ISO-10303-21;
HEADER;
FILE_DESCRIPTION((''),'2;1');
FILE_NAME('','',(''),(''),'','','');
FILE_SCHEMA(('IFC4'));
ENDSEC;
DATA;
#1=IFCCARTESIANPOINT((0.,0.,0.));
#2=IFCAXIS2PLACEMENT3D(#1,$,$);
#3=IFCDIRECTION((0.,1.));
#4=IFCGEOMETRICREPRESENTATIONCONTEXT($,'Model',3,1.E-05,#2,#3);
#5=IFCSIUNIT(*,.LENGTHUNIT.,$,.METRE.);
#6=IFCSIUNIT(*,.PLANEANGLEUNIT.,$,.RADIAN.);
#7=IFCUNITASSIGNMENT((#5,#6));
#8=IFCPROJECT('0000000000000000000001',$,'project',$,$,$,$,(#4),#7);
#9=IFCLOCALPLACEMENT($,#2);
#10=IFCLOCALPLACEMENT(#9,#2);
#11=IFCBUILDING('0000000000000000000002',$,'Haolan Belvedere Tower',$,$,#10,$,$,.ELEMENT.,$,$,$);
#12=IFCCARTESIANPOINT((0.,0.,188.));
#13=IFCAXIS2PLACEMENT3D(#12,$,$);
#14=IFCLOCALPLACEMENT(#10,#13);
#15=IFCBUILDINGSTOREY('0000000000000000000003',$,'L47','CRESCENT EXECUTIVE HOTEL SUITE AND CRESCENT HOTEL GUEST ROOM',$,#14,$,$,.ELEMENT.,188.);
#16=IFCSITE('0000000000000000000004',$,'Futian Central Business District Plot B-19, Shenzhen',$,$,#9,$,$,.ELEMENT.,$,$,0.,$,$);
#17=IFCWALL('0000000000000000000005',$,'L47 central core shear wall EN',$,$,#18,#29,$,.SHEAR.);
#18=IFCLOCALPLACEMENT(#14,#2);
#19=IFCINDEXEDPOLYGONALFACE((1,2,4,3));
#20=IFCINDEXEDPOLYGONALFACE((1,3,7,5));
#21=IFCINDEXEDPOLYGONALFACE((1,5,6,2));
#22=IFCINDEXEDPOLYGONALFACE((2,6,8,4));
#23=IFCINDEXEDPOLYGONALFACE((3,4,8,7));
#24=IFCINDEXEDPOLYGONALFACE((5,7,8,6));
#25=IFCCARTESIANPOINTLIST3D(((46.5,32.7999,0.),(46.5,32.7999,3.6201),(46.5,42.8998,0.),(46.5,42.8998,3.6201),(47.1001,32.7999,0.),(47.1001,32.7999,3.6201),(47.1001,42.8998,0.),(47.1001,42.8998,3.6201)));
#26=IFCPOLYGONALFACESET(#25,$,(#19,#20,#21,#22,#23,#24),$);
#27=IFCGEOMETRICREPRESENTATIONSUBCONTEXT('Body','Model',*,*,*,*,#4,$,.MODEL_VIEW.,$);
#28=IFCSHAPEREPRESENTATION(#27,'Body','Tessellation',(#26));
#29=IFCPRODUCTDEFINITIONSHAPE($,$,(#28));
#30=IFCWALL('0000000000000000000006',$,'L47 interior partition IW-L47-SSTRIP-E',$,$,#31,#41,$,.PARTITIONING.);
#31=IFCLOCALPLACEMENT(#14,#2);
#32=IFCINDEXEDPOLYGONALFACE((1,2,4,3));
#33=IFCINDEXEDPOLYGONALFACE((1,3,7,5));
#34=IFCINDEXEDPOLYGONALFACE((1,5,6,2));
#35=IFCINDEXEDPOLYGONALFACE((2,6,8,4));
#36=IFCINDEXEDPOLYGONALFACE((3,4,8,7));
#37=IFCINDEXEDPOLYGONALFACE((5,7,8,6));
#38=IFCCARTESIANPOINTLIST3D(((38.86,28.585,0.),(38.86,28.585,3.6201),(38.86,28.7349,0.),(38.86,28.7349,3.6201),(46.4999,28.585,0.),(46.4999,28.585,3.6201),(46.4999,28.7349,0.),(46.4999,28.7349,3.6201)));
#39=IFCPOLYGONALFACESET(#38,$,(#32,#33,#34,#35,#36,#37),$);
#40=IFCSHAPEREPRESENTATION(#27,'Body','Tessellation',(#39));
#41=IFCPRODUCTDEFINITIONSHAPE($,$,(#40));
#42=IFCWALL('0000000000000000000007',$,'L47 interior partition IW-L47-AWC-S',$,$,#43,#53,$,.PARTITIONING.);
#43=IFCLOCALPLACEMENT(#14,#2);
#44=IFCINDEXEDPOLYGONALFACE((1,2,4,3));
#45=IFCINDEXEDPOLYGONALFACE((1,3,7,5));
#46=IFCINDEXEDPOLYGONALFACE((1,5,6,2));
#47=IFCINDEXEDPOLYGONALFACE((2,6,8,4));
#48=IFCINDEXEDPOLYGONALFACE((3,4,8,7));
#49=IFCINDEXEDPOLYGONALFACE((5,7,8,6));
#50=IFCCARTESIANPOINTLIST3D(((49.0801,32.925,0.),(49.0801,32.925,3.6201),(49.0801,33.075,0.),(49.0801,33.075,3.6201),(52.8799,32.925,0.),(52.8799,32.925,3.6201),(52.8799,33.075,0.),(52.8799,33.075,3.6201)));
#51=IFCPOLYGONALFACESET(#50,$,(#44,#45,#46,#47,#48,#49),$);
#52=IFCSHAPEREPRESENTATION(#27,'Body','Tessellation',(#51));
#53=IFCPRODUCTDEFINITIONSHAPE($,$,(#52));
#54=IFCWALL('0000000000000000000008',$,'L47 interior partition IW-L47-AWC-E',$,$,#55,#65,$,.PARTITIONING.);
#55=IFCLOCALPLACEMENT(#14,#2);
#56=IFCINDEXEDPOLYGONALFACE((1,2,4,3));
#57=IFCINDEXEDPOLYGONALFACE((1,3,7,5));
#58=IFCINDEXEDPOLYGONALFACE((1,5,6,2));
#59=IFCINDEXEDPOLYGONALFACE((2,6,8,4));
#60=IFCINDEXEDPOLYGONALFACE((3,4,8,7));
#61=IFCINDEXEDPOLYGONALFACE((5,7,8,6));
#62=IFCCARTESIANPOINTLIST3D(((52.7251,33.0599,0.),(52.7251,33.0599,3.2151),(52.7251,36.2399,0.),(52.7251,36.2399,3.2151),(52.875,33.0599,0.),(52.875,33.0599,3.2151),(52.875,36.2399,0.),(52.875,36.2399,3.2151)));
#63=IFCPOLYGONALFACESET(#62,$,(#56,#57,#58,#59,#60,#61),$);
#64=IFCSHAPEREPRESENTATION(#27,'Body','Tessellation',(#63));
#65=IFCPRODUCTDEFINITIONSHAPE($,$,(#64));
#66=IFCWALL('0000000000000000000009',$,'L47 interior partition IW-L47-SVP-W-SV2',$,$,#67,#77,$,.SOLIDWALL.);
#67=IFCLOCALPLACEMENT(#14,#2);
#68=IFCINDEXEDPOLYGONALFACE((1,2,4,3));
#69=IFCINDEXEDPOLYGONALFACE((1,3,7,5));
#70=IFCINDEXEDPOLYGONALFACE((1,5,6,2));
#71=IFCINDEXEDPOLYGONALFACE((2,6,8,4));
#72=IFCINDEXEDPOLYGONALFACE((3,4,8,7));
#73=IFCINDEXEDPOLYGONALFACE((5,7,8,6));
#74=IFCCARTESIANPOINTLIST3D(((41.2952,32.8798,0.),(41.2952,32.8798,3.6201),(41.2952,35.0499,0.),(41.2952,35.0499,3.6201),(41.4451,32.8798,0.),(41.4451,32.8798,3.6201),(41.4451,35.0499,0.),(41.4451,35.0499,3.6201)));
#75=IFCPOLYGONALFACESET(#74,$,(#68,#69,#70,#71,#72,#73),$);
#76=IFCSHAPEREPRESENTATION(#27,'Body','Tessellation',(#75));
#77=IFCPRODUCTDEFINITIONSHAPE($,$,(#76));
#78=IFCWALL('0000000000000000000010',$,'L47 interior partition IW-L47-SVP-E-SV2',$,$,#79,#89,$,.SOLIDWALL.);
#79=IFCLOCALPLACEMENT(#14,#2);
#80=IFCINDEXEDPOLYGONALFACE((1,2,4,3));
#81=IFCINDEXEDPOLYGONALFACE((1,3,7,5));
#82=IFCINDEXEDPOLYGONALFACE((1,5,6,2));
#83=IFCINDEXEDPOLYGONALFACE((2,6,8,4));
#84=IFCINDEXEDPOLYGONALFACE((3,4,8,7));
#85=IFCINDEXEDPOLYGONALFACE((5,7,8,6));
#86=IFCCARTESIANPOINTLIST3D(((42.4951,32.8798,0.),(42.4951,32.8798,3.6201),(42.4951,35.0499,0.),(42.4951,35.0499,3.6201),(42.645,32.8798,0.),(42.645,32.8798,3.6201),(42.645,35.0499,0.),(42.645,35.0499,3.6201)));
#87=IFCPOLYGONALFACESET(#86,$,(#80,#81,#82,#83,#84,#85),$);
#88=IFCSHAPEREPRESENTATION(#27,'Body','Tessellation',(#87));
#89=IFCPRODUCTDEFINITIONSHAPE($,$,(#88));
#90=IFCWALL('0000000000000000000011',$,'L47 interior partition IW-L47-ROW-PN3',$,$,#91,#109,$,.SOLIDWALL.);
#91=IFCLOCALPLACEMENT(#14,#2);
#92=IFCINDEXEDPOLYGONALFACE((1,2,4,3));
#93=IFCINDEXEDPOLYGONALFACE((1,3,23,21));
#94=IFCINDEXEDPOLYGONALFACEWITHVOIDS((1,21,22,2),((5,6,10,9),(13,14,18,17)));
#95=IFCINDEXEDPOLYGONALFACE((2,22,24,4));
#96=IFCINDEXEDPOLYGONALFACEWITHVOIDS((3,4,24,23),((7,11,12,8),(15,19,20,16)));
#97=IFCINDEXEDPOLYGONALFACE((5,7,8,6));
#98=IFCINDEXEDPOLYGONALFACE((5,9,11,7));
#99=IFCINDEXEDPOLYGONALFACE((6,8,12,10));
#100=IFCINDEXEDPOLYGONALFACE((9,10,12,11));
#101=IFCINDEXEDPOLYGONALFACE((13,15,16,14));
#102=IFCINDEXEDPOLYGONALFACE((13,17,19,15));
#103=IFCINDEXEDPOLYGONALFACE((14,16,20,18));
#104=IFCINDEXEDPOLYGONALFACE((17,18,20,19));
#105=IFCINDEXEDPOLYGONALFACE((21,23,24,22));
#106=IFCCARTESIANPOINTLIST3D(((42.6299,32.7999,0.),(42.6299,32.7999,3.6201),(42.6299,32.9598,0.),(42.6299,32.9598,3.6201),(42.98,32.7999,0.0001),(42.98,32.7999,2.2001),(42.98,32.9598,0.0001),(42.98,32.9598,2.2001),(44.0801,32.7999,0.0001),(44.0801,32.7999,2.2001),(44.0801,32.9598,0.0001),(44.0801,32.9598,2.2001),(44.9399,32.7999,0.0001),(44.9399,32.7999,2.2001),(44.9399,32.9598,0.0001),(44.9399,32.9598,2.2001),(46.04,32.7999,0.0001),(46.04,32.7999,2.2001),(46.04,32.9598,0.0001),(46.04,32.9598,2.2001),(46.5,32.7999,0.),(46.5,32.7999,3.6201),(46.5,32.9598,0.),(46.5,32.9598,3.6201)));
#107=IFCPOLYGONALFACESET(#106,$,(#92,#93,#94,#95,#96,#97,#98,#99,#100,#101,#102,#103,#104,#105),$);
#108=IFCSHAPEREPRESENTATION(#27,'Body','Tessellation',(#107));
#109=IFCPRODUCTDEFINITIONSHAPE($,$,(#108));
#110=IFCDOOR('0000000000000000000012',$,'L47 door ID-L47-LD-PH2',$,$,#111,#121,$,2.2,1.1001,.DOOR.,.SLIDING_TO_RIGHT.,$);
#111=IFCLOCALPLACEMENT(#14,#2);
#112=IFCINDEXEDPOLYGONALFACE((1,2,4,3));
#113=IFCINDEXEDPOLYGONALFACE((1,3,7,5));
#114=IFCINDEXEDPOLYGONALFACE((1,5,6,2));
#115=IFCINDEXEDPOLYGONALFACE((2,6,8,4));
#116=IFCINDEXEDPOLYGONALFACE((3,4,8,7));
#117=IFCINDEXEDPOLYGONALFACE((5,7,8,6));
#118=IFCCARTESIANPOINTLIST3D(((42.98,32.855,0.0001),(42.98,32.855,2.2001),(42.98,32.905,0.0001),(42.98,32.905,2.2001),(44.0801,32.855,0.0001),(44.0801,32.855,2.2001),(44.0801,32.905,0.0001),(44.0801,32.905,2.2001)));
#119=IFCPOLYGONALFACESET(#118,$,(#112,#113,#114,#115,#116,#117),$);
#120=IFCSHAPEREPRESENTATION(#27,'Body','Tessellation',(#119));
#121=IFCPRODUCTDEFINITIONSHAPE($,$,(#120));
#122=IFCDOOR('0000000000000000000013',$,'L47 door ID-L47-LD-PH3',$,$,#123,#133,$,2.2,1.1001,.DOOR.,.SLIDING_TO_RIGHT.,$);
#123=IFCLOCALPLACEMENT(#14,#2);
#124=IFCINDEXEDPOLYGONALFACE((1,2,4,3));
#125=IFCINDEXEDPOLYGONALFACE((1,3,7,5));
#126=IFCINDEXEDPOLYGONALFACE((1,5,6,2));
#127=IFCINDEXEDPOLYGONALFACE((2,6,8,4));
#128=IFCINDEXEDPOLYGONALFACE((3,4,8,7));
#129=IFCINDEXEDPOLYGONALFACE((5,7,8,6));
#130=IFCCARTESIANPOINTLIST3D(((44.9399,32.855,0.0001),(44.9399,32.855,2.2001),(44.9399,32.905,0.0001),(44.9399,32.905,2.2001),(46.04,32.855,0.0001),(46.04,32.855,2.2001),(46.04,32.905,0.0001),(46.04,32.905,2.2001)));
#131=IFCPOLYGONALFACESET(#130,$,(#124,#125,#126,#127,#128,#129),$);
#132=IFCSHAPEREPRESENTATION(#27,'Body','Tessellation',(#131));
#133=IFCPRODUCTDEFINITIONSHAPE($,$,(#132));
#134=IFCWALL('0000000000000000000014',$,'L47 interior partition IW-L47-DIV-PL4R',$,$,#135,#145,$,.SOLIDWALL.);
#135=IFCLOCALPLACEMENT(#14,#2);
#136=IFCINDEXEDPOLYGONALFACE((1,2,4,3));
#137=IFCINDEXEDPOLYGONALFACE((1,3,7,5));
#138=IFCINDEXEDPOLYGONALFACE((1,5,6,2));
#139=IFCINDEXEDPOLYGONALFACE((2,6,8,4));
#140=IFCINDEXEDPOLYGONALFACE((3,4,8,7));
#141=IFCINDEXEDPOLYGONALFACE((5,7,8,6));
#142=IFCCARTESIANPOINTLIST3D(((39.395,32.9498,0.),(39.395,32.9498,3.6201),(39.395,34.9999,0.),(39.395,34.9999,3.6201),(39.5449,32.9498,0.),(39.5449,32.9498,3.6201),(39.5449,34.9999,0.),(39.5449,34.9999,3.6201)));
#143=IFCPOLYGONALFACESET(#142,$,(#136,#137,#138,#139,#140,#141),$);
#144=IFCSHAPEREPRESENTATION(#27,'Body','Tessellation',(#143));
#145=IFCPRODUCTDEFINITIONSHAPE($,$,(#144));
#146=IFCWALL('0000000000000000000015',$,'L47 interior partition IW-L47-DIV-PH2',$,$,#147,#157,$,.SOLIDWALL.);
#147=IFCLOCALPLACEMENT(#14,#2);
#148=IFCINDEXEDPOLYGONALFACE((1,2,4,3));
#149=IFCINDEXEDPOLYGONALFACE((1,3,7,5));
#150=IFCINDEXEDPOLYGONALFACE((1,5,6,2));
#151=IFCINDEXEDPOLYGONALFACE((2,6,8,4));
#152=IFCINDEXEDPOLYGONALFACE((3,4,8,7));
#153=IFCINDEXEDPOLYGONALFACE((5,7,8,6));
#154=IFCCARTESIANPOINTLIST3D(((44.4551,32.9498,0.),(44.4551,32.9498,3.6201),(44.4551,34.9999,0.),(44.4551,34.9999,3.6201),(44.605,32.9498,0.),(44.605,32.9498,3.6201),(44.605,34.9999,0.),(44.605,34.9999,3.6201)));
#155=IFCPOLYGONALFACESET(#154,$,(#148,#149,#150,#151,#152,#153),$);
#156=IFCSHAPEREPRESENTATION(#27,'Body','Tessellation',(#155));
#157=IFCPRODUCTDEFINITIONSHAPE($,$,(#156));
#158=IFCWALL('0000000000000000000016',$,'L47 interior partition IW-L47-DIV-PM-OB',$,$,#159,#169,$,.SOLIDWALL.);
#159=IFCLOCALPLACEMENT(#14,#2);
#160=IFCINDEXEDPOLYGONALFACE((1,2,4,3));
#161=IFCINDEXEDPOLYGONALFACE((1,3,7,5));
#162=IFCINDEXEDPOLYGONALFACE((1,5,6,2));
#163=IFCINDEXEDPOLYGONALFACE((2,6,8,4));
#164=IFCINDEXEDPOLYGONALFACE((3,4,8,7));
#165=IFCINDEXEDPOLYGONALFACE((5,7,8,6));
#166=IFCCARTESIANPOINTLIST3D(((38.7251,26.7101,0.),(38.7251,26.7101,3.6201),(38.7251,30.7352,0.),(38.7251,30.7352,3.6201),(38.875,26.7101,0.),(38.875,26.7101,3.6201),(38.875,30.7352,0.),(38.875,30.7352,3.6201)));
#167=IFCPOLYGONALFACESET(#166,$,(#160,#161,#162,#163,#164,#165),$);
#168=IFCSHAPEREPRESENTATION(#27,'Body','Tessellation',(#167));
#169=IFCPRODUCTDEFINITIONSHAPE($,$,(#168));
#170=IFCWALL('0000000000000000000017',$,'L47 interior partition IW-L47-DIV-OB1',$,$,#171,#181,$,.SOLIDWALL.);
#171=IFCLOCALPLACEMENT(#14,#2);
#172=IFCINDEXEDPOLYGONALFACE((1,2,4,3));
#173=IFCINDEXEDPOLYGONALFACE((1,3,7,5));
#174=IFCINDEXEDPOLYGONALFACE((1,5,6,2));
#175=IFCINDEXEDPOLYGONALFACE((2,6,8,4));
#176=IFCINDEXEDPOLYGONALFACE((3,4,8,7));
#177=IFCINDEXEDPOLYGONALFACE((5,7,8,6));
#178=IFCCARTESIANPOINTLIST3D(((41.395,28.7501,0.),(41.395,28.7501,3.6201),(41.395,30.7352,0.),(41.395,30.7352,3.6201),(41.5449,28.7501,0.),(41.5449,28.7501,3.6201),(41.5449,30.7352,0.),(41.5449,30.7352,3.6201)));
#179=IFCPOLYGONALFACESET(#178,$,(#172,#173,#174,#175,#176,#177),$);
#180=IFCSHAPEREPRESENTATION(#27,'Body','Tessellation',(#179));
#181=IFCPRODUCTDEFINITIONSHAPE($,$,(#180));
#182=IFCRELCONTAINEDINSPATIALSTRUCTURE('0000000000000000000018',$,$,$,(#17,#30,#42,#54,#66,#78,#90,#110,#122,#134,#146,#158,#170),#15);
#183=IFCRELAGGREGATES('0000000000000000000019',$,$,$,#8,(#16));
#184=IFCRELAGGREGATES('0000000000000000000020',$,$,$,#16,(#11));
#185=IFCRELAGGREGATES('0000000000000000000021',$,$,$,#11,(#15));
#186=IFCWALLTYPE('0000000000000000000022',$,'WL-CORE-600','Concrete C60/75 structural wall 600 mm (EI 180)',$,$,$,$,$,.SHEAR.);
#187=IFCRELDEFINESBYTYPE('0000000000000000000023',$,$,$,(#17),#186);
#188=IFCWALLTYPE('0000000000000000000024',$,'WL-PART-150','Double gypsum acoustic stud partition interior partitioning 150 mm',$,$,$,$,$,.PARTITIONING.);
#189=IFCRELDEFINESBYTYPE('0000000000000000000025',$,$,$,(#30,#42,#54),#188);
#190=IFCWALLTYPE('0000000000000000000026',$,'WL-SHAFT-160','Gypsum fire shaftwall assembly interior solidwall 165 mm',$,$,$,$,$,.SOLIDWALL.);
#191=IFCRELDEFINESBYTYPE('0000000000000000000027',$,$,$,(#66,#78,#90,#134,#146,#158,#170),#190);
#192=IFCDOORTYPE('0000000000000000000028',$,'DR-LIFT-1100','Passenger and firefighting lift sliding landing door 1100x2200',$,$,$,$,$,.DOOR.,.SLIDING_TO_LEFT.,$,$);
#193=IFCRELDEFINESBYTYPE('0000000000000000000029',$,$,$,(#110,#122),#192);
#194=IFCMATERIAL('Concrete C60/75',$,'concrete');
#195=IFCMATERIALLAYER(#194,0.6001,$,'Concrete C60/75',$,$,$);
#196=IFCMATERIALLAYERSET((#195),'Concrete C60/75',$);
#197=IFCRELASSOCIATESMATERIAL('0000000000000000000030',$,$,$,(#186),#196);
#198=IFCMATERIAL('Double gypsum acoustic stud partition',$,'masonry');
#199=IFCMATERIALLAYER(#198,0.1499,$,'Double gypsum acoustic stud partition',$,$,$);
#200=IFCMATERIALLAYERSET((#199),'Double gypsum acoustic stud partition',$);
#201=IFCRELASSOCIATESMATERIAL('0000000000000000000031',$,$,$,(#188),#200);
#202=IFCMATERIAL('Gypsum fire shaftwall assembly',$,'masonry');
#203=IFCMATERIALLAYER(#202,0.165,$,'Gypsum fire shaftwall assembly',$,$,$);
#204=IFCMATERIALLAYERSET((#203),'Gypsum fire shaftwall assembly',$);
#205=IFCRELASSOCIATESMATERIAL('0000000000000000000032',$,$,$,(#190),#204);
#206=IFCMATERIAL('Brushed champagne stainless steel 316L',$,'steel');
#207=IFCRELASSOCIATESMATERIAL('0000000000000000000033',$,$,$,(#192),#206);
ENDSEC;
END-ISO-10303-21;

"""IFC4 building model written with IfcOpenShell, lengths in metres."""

from ifc_helpers import new_model, si_unit, direction, frame, frame_2d, origin, place, context, subcontext, project, spatial, rectangle, extrude, material, layer, layer_set, type_object, element, fill, save


model = new_model("IFC4")

# Units and contexts
model_context = context("Model", 3, precision=1e-05, world=origin(), true_north=direction((0.0, 1.0)))
body_context = subcontext(model_context, "Body", "Model", "MODEL_VIEW")
ifc_project = project(units=[si_unit("LENGTHUNIT", "METRE"), si_unit("PLANEANGLEUNIT", "RADIAN")], contexts=[model_context])

# Site, building, storey
site_placement = place(None, origin())
site = spatial("IfcSite", under=ifc_project, at=site_placement, Name="Futian Central Business District Plot B-19, Shenzhen", CompositionType="ELEMENT", RefElevation=0.0)
building_placement = place(site_placement, origin())
building = spatial("IfcBuilding", under=site, at=building_placement, Name="Haolan Belvedere Tower", CompositionType="ELEMENT")
storey_placement = place(building_placement, frame((0.0, 0.0, 188.0)))
storey = spatial("IfcBuildingStorey", under=building, at=storey_placement, Name="L47", Description="CRESCENT EXECUTIVE HOTEL SUITE AND CRESCENT HOTEL GUEST ROOM", CompositionType="ELEMENT", Elevation=188.0)

# Shared definitions
ifc_material_1 = material(Name="Concrete C60/75", Category="concrete")

# Walls
ifc_layer_1 = layer(ifc_material_1, 0.6001, Name="Concrete C60/75")
ifc_layer_set_1 = layer_set([ifc_layer_1], Name="Concrete C60/75")
wall_type_1 = type_object("IfcWallType", Name="WL-CORE-600", Description="Concrete C60/75 structural wall 600 mm (EI 180)", PredefinedType="SHEAR", material=ifc_layer_set_1)
wall_1_placement = place(storey_placement, frame((46.8, 32.8, 0.0), z_axis=(0.0, 0.0, 1.0), x_axis=(0.0, 1.0, 0.0)))
element("IfcWall", 1, at=wall_1_placement, inside=storey, type_object=wall_type_1, Name="L47 central core shear wall EN", PredefinedType="SHEAR", context=body_context, shape_type="SweptSolid", body=[
    extrude(rectangle(XDim=10.0999, YDim=0.6001, at=frame_2d((5.0498, 0.0))), origin(), (0.0, 0.0, 1.0), 3.6201),
])
ifc_material_2 = material(Name="Double gypsum acoustic stud partition", Category="masonry")
ifc_layer_2 = layer(ifc_material_2, 0.1499, Name="Double gypsum acoustic stud partition")
ifc_layer_set_2 = layer_set([ifc_layer_2], Name="Double gypsum acoustic stud partition")
wall_type_2 = type_object("IfcWallType", Name="WL-PART-150", Description="Double gypsum acoustic stud partition interior partitioning 150 mm", PredefinedType="PARTITIONING", material=ifc_layer_set_2)
wall_2_placement = place(storey_placement, frame((38.8601, 28.6599, 0.0), z_axis=(0.0, 0.0, 1.0), x_axis=(1.0, 0.0, 0.0)))
element("IfcWall", 2, at=wall_2_placement, inside=storey, type_object=wall_type_2, Name="L47 interior partition IW-L47-SSTRIP-E", PredefinedType="PARTITIONING", context=body_context, shape_type="SweptSolid", body=[
    extrude(rectangle(XDim=7.6399, YDim=0.1499, at=frame_2d((3.8198, 0.0))), origin(), (0.0, 0.0, 1.0), 3.6201),
])
wall_3_placement = place(storey_placement, frame((49.0801, 33.0, 0.0), z_axis=(0.0, 0.0, 1.0), x_axis=(1.0, 0.0, 0.0)))
element("IfcWall", 3, at=wall_3_placement, inside=storey, type_object=wall_type_2, Name="L47 interior partition IW-L47-AWC-S", PredefinedType="PARTITIONING", context=body_context, shape_type="SweptSolid", body=[
    extrude(rectangle(XDim=3.7998, YDim=0.1499, at=frame_2d((1.8999, 0.0))), origin(), (0.0, 0.0, 1.0), 3.6201),
])

# Walls
wall_4_placement = place(storey_placement, frame((52.8, 33.0601, 0.0), z_axis=(0.0, 0.0, 1.0), x_axis=(0.0, 1.0, 0.0)))
element("IfcWall", 4, at=wall_4_placement, inside=storey, type_object=wall_type_2, Name="L47 interior partition IW-L47-AWC-E", PredefinedType="PARTITIONING", context=body_context, shape_type="SweptSolid", body=[
    extrude(rectangle(XDim=3.1799, YDim=0.1499, at=frame_2d((1.5898, 0.0))), origin(), (0.0, 0.0, 1.0), 3.2151),
])
ifc_material_3 = material(Name="Gypsum fire shaftwall assembly", Category="masonry")
ifc_layer_3 = layer(ifc_material_3, 0.165, Name="Gypsum fire shaftwall assembly")
ifc_layer_set_3 = layer_set([ifc_layer_3], Name="Gypsum fire shaftwall assembly")
wall_type_3 = type_object("IfcWallType", Name="WL-SHAFT-160", Description="Gypsum fire shaftwall assembly interior solidwall 165 mm", PredefinedType="SOLIDWALL", material=ifc_layer_set_3)
for number, where, z_axis, x_axis, name in (
    (5, (41.3701, 32.8799, 0.0), (0.0, 0.0, 1.0), (0.0, 1.0, 0.0), "L47 interior partition IW-L47-SVP-W-SV2"),
    (6, (42.5701, 32.8799, 0.0), (0.0, 0.0, 1.0), (0.0, 1.0, 0.0), "L47 interior partition IW-L47-SVP-E-SV2"),
):
    element("IfcWall", number, at=place(storey_placement, frame(where, z_axis=z_axis, x_axis=x_axis)), inside=storey, type_object=wall_type_3, Name=name, PredefinedType="SOLIDWALL", context=body_context, shape_type="SweptSolid", body=[
        extrude(rectangle(XDim=2.1702, YDim=0.1499, at=frame_2d((1.085, 0.0))), origin(), (0.0, 0.0, 1.0), 3.6201),
    ])

# Wall, openings, doors
wall_5_placement = place(storey_placement, frame((42.6299, 32.8799, 0.0), z_axis=(0.0, 0.0, 1.0), x_axis=(1.0, 0.0, 0.0)))
wall_5 = element("IfcWall", 7, at=wall_5_placement, inside=storey, type_object=wall_type_3, Name="L47 interior partition IW-L47-ROW-PN3", PredefinedType="SOLIDWALL", context=body_context, shape_type="SweptSolid", body=[
    extrude(rectangle(XDim=3.8701, YDim=0.1599, at=frame_2d((1.9351, 0.0))), origin(), (0.0, 0.0, 1.0), 3.6201),
])
opening_1_placement = place(wall_5_placement, frame((1.4502, 0.0, 0.0), z_axis=(0.0, 0.0, 1.0), x_axis=(-1.0, 0.0, 0.0)))
opening_1 = element("IfcOpeningElement", 8, at=opening_1_placement, cuts=wall_5, PredefinedType="OPENING", context=body_context, shape_type="SweptSolid", body=[
    extrude(rectangle(XDim=1.1001, YDim=2.2, at=frame_2d((0.55, 1.1001))), frame((0.0, 0.0898, 0.0), z_axis=(0.0, -1.0, 0.0), x_axis=(1.0, 0.0, 0.0)), (0.0, 0.0, 1.0), 0.1799),
])
opening_2_placement = place(wall_5_placement, frame((3.4102, 0.0, 0.0), z_axis=(0.0, 0.0, 1.0), x_axis=(-1.0, 0.0, 0.0)))
opening_2 = element("IfcOpeningElement", 9, at=opening_2_placement, cuts=wall_5, PredefinedType="OPENING", context=body_context, shape_type="SweptSolid", body=[
    extrude(rectangle(XDim=1.1001, YDim=2.2, at=frame_2d((0.55, 1.1001))), frame((0.0, 0.0898, 0.0), z_axis=(0.0, -1.0, 0.0), x_axis=(1.0, 0.0, 0.0)), (0.0, 0.0, 1.0), 0.1799),
])
ifc_material_4 = material(Name="Brushed champagne stainless steel 316L", Category="steel")
door_type_1 = type_object("IfcDoorType", Name="DR-LIFT-1100", Description="Passenger and firefighting lift sliding landing door 1100x2200", OperationType="SLIDING_TO_LEFT", PredefinedType="DOOR", material=ifc_material_4)
door_1_placement = place(opening_1_placement, origin())
door_1 = element("IfcDoor", 10, at=door_1_placement, inside=storey, type_object=door_type_1, Name="L47 door ID-L47-LD-PH2", OperationType="SLIDING_TO_RIGHT", OverallHeight=2.2, OverallWidth=1.1001, PredefinedType="DOOR", context=body_context, shape_type="SweptSolid", body=[
    extrude(rectangle(XDim=1.1001, YDim=2.2, at=frame_2d((0.55, 1.1001))), frame((0.0, 0.0249, 0.0), z_axis=(0.0, -1.0, 0.0), x_axis=(1.0, 0.0, 0.0)), (0.0, 0.0, 1.0), 0.05),
])
fill(opening_1, door_1)
door_2_placement = place(opening_2_placement, origin())
door_2 = element("IfcDoor", 11, at=door_2_placement, inside=storey, type_object=door_type_1, Name="L47 door ID-L47-LD-PH3", OperationType="SLIDING_TO_RIGHT", OverallHeight=2.2, OverallWidth=1.1001, PredefinedType="DOOR", context=body_context, shape_type="SweptSolid", body=[
    extrude(rectangle(XDim=1.1001, YDim=2.2, at=frame_2d((0.55, 1.1001))), frame((0.0, 0.0249, 0.0), z_axis=(0.0, -1.0, 0.0), x_axis=(1.0, 0.0, 0.0)), (0.0, 0.0, 1.0), 0.05),
])
fill(opening_2, door_2)

# Walls
for number, where, z_axis, x_axis, name in (
    (12, (39.47, 32.95, 0.0), (0.0, 0.0, 1.0), (0.0, 1.0, 0.0), "L47 interior partition IW-L47-DIV-PL4R"),
    (13, (44.53, 32.95, 0.0), (0.0, 0.0, 1.0), (0.0, 1.0, 0.0), "L47 interior partition IW-L47-DIV-PH2"),
):
    element("IfcWall", number, at=place(storey_placement, frame(where, z_axis=z_axis, x_axis=x_axis)), inside=storey, type_object=wall_type_3, Name=name, PredefinedType="SOLIDWALL", context=body_context, shape_type="SweptSolid", body=[
        extrude(rectangle(XDim=2.05, YDim=0.1499, at=frame_2d((1.0249, 0.0))), origin(), (0.0, 0.0, 1.0), 3.6201),
    ])
wall_6_placement = place(storey_placement, frame((38.8, 26.71, 0.0), z_axis=(0.0, 0.0, 1.0), x_axis=(0.0, 1.0, 0.0)))
element("IfcWall", 14, at=wall_6_placement, inside=storey, type_object=wall_type_3, Name="L47 interior partition IW-L47-DIV-PM-OB", PredefinedType="SOLIDWALL", context=body_context, shape_type="SweptSolid", body=[
    extrude(rectangle(XDim=4.0251, YDim=0.1499, at=frame_2d((2.0127, 0.0))), origin(), (0.0, 0.0, 1.0), 3.6201),
])
for number, where, z_axis, x_axis, name in (
    (15, (41.47, 28.75, 0.0), (0.0, 0.0, 1.0), (0.0, 1.0, 0.0), "L47 interior partition IW-L47-DIV-OB1"),
):
    element("IfcWall", number, at=place(storey_placement, frame(where, z_axis=z_axis, x_axis=x_axis)), inside=storey, type_object=wall_type_3, Name=name, PredefinedType="SOLIDWALL", context=body_context, shape_type="SweptSolid", body=[
        extrude(rectangle(XDim=1.9851, YDim=0.1499, at=frame_2d((0.9927, 0.0))), origin(), (0.0, 0.0, 1.0), 3.6201),
    ])

save(model, "model.ifc")
